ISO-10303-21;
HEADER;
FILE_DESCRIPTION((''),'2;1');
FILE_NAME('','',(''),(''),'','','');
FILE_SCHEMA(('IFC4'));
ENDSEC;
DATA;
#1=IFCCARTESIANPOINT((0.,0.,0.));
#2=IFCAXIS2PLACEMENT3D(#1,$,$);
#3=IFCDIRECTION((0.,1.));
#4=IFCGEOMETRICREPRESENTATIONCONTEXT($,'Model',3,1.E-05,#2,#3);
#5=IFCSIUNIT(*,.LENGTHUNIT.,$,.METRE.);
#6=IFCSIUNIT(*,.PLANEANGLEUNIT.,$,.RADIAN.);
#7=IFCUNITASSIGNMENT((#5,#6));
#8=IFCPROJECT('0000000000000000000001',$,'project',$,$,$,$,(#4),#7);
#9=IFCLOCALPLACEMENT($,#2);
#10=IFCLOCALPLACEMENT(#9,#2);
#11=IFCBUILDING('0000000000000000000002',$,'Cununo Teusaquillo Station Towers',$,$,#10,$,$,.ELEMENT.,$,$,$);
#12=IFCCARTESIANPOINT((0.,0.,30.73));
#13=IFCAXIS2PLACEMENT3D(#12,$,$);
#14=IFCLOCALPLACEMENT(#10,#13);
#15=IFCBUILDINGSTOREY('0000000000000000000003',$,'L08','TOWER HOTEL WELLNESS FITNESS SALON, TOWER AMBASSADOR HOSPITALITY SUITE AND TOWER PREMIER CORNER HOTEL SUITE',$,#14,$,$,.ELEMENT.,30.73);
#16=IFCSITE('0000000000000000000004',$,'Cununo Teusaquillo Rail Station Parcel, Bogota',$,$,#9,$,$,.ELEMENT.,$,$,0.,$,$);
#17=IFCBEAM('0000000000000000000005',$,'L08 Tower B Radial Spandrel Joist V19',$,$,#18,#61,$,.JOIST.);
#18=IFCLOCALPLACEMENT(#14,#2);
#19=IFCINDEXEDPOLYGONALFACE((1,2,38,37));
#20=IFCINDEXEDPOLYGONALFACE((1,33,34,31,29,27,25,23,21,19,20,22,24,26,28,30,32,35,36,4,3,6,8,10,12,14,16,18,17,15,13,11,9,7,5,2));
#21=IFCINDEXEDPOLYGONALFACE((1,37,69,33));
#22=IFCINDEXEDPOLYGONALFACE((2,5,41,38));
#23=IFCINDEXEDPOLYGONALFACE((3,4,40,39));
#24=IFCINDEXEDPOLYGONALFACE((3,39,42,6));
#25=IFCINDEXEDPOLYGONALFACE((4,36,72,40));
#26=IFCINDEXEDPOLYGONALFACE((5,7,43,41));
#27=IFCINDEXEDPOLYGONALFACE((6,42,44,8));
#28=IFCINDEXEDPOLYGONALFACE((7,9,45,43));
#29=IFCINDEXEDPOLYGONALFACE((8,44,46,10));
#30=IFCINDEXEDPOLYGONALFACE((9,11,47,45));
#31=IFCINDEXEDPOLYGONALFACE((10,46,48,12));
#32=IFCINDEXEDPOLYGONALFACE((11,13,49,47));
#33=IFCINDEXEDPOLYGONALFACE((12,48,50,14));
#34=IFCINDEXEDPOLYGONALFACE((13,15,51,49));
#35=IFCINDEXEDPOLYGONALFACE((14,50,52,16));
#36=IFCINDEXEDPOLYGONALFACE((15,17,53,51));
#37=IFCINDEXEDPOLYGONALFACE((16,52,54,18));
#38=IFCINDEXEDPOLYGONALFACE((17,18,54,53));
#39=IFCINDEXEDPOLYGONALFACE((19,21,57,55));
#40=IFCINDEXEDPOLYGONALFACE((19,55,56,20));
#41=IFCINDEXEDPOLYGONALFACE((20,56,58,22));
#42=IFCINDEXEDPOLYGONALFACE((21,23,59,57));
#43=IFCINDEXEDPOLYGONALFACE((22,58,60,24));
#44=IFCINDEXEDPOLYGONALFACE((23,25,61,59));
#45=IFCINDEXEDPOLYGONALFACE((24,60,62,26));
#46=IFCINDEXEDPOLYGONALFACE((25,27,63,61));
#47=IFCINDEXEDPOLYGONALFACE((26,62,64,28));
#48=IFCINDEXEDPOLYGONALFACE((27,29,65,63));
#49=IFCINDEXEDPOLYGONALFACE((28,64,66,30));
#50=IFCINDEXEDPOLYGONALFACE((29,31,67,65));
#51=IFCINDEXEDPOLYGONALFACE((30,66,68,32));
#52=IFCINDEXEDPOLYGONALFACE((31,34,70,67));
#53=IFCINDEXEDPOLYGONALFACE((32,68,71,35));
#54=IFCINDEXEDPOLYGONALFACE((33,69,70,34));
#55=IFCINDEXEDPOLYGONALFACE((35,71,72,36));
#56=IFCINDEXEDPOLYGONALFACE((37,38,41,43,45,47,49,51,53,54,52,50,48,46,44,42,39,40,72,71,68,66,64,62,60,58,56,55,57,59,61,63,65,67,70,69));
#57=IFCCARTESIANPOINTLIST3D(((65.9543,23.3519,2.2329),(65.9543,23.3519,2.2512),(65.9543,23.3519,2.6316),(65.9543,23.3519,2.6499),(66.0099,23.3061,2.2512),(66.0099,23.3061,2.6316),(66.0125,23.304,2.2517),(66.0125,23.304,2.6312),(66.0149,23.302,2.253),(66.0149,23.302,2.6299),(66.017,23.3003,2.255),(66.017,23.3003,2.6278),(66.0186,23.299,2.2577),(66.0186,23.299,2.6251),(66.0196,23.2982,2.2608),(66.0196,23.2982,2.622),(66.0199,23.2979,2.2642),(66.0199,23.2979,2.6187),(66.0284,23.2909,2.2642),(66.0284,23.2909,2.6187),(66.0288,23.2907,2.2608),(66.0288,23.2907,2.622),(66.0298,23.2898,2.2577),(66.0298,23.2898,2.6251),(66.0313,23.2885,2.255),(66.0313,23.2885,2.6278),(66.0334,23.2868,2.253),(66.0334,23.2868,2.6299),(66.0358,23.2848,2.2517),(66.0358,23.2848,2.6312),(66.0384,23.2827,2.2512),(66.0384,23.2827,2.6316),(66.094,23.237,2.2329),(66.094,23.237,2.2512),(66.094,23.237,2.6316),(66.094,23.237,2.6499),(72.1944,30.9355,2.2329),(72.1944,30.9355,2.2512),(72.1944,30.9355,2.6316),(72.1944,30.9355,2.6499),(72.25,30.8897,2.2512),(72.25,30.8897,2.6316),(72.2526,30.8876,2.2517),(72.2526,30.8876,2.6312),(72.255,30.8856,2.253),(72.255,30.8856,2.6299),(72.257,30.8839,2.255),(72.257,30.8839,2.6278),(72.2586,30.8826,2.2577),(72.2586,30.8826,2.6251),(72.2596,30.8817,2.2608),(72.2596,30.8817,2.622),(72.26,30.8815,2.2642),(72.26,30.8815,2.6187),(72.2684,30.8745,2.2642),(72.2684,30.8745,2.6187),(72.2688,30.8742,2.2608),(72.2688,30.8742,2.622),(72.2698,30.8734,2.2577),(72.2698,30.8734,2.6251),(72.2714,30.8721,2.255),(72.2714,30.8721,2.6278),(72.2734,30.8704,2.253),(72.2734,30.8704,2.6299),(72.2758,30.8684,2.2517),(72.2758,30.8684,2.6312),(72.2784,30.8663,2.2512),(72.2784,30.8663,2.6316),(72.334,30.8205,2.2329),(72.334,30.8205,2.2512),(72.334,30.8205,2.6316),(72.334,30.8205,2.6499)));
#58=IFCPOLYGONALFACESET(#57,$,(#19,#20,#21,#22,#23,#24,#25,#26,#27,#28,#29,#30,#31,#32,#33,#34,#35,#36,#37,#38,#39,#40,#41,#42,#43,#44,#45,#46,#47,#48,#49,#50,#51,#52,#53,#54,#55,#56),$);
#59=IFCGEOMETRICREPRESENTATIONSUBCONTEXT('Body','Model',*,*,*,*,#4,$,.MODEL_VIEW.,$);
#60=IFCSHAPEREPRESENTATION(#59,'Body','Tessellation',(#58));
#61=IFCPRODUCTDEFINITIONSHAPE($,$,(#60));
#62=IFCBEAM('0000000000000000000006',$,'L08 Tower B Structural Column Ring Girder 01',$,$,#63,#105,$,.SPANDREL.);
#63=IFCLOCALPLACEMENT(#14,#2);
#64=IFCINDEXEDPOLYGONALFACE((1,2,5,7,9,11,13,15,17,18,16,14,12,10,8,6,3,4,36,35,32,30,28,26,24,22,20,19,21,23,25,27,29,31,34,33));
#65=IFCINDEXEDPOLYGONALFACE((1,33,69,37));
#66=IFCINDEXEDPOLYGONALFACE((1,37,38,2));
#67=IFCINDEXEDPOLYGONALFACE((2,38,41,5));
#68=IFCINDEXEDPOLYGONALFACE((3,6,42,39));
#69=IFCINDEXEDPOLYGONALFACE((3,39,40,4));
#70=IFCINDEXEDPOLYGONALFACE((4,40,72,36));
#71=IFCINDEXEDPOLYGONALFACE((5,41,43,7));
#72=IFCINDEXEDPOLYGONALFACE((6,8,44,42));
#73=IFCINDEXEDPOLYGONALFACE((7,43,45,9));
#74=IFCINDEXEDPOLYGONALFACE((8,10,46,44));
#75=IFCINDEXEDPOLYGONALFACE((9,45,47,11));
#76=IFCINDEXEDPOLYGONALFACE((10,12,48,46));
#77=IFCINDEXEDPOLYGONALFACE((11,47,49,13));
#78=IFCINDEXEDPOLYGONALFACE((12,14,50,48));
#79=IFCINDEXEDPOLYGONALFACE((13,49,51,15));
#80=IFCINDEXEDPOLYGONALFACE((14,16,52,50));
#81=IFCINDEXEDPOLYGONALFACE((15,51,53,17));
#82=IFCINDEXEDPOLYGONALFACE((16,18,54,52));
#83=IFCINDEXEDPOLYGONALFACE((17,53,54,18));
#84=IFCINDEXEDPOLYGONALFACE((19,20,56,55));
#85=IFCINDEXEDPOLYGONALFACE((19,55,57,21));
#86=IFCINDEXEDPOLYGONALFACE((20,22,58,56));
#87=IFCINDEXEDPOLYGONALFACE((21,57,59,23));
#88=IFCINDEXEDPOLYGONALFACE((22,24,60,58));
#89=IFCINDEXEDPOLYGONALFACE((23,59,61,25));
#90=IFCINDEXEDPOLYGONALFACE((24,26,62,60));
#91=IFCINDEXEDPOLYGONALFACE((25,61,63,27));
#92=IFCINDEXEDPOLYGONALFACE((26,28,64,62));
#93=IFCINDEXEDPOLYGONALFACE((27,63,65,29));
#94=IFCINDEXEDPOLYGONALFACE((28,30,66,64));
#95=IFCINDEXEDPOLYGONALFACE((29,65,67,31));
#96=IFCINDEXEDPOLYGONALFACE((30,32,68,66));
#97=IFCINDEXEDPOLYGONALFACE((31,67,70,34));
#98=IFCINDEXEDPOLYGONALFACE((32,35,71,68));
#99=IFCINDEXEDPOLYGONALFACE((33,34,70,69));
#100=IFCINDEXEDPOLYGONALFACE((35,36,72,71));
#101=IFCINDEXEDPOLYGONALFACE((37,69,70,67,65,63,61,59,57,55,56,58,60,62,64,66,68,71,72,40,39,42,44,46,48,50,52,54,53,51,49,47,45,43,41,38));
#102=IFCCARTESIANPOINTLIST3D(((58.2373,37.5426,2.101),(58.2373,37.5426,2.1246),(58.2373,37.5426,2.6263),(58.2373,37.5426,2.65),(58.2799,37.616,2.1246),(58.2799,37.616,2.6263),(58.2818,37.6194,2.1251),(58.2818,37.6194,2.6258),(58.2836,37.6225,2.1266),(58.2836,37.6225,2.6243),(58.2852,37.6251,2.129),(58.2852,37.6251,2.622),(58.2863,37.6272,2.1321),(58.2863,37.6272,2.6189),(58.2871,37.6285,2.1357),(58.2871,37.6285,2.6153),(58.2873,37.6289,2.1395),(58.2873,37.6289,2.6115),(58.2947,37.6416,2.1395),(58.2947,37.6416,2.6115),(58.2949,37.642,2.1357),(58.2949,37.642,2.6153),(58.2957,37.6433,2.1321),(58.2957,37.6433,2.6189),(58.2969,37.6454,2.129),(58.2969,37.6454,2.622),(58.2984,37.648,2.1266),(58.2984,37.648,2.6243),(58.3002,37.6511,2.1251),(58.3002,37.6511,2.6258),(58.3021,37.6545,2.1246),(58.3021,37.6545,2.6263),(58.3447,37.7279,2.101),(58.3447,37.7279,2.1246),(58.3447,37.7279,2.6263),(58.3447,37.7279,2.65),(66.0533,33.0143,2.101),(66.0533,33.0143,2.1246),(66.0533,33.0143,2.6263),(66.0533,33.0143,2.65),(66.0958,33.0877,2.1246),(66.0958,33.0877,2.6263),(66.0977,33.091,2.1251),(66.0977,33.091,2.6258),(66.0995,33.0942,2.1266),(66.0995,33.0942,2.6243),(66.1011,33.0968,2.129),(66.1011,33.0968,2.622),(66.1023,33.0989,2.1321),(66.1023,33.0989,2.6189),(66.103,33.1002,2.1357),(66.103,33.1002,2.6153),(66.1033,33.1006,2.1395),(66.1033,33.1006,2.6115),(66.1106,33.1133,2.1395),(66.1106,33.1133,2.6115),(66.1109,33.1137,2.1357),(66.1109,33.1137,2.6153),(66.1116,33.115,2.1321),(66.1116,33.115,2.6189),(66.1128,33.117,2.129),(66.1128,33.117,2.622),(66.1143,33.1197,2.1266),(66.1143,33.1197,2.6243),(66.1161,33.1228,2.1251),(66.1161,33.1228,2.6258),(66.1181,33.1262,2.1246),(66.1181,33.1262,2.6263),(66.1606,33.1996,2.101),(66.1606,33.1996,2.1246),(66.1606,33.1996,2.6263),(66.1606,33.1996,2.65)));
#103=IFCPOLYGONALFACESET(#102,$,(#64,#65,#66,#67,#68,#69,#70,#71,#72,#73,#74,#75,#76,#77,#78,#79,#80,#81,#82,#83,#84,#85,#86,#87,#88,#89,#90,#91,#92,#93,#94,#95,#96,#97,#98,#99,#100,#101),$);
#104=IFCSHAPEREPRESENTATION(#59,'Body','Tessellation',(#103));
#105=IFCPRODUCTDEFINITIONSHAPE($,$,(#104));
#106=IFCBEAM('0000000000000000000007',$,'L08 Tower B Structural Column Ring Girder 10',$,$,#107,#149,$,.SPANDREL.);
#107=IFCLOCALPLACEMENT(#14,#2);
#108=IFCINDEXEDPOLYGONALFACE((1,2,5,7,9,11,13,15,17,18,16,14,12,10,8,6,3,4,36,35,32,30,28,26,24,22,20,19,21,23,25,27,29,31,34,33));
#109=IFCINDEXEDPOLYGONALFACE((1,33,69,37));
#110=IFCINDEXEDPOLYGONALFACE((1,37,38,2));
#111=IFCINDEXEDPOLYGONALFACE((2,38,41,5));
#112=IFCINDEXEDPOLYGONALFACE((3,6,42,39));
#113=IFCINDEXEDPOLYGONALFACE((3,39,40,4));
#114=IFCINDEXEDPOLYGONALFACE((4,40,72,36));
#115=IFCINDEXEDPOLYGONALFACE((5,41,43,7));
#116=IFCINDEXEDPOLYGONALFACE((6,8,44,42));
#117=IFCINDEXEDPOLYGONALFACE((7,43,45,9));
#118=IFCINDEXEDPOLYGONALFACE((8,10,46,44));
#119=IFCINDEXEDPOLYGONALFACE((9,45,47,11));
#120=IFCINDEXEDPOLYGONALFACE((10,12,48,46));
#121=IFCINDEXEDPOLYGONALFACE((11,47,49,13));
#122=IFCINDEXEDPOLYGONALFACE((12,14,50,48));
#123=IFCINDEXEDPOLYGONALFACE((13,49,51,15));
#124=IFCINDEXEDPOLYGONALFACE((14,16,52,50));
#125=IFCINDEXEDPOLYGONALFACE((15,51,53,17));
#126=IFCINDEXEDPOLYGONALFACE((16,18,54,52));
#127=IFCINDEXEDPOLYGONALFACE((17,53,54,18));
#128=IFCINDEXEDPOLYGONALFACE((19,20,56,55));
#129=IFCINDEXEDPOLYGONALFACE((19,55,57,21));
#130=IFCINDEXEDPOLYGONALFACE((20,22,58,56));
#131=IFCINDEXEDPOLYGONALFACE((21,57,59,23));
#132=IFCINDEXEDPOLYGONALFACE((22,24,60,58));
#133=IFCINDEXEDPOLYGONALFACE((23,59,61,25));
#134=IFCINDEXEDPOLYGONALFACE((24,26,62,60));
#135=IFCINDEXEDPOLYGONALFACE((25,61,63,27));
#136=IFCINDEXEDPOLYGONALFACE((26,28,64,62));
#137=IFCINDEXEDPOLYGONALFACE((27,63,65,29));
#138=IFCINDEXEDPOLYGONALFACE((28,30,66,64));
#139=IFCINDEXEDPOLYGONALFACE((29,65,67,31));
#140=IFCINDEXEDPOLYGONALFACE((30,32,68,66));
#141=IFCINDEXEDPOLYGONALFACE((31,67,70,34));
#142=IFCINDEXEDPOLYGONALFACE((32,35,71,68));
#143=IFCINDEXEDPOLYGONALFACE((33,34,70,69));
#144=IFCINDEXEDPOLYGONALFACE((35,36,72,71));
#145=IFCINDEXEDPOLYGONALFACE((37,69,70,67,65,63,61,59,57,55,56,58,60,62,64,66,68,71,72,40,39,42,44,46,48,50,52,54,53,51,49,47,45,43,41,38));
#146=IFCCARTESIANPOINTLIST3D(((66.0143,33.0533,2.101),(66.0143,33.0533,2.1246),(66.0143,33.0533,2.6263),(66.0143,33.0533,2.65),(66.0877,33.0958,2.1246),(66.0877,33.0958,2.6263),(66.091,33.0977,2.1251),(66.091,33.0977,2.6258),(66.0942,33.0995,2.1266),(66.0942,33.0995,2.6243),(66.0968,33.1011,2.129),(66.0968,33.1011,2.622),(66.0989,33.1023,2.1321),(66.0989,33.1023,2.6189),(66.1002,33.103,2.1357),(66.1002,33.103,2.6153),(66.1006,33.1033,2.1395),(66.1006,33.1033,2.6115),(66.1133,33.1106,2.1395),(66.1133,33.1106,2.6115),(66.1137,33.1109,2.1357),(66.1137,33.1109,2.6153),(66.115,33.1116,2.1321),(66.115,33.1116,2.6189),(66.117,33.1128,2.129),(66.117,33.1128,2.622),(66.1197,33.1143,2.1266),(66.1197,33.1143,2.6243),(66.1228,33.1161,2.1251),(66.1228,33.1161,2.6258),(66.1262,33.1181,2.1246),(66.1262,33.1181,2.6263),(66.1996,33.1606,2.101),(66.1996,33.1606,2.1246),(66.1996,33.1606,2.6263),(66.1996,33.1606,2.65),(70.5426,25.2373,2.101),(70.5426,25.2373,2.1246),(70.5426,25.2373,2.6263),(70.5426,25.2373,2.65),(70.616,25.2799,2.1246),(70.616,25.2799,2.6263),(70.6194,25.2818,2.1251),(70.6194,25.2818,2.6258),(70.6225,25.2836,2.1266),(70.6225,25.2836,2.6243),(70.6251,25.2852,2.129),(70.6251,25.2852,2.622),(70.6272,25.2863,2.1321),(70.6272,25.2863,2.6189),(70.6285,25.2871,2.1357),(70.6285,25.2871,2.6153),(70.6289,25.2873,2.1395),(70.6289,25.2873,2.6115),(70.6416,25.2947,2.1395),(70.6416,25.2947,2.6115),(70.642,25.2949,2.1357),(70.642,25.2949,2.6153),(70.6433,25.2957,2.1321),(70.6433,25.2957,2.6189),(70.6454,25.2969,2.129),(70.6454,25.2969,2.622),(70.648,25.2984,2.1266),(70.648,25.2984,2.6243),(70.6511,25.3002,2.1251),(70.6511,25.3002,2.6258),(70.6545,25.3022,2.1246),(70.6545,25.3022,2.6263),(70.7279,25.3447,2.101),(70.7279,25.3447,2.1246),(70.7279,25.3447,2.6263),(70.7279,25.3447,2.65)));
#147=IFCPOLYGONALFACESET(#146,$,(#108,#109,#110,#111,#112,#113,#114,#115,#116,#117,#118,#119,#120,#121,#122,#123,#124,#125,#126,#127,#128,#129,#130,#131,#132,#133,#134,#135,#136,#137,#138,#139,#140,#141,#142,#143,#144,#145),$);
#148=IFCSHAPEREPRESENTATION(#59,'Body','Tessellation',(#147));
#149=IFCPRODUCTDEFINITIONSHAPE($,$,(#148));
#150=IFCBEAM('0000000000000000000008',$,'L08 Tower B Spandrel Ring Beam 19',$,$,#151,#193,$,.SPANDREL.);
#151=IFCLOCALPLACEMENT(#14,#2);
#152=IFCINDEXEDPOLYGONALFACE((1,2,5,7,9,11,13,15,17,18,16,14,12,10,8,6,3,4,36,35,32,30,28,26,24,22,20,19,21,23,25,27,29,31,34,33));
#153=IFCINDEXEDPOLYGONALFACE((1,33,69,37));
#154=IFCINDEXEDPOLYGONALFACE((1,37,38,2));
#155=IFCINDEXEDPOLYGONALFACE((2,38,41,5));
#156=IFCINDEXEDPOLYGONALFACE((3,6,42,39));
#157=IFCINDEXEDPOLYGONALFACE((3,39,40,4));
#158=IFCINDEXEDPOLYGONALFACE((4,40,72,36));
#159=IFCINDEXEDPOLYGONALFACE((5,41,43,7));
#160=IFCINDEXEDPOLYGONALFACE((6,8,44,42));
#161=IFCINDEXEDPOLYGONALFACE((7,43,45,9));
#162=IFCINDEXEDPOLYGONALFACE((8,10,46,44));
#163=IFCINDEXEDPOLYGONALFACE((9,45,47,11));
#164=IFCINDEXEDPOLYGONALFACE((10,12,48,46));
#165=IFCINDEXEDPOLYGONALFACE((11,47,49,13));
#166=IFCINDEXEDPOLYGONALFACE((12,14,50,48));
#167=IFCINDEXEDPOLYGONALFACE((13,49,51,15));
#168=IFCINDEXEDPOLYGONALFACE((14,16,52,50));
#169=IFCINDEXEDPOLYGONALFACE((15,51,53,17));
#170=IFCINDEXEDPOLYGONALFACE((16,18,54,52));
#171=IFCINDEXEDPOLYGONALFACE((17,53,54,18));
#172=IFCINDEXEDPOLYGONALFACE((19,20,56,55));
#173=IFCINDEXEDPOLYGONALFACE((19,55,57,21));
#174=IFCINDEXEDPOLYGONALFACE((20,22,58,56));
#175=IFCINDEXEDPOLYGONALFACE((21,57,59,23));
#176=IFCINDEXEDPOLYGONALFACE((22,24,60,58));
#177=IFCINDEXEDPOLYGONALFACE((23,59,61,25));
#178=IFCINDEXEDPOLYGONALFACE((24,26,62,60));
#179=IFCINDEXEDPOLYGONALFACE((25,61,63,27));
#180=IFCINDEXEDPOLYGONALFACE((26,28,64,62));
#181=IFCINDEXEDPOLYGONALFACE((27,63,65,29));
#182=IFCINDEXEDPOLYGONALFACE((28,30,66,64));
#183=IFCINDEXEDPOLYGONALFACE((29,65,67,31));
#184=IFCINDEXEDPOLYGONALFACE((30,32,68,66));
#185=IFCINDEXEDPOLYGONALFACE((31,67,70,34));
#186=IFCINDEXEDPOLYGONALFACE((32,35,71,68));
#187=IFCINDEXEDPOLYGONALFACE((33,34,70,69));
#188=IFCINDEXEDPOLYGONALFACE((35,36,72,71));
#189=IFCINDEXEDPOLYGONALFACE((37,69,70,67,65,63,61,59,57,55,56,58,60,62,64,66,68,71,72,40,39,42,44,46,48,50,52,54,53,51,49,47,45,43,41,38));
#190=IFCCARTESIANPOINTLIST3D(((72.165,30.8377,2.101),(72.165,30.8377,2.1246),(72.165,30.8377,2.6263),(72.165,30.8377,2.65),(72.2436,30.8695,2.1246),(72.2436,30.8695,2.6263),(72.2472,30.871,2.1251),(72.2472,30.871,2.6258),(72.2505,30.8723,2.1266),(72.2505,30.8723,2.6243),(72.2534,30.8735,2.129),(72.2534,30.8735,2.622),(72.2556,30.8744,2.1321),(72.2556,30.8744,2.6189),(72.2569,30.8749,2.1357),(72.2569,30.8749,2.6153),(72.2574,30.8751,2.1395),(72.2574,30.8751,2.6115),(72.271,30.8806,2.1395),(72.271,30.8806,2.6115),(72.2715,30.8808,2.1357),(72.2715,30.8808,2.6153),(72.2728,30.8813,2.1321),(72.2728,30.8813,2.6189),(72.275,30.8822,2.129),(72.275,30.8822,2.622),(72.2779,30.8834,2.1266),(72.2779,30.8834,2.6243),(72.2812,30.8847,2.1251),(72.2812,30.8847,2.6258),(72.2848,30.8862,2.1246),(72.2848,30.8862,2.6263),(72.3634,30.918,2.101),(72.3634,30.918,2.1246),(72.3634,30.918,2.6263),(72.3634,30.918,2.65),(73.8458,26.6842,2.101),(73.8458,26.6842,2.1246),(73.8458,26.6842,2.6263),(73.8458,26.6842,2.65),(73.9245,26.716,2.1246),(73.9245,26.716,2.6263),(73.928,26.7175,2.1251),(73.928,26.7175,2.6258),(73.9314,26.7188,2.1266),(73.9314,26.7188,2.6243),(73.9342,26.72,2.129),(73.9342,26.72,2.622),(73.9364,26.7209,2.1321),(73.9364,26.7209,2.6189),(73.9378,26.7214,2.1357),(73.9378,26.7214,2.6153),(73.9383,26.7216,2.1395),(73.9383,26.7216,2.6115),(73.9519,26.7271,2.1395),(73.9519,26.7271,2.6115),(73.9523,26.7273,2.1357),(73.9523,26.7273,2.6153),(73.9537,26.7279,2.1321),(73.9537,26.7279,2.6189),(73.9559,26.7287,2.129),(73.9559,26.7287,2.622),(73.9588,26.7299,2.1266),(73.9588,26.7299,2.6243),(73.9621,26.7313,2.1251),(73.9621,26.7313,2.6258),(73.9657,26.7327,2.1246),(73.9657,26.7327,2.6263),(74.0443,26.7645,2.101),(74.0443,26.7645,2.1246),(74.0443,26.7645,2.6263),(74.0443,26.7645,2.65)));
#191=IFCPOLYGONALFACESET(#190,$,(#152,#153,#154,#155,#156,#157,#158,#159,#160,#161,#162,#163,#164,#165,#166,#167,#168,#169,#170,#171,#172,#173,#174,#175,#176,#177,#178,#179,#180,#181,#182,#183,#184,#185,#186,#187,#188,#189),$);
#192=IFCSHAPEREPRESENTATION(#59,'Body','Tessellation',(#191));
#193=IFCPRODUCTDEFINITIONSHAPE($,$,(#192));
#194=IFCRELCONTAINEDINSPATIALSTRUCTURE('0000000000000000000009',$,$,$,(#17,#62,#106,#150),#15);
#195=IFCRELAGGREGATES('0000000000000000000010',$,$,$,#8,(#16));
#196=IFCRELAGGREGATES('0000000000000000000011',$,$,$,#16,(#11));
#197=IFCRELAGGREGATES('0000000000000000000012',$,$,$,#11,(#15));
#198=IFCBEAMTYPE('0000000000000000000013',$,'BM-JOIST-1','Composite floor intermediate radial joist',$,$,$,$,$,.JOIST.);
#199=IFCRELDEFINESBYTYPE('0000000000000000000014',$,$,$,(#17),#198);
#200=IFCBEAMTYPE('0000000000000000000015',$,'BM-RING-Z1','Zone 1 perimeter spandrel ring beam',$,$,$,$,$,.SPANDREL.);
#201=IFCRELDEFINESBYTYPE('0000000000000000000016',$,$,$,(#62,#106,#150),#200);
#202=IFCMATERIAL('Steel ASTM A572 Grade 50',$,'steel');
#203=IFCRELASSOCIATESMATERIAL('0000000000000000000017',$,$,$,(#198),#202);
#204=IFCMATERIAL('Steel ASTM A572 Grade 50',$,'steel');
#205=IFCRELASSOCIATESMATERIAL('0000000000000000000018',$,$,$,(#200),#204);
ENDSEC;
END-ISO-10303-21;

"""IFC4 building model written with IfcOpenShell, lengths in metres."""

from ifc_helpers import new_model, si_unit, direction, frame, origin, origin_2d, place, context, subcontext, project, spatial, i_section, extrude, material, material_profile, profile_set, type_object, element, save


model = new_model("IFC4")

# Units and contexts
model_context = context("Model", 3, precision=1e-05, world=origin(), true_north=direction((0.0, 1.0)))
body_context = subcontext(model_context, "Body", "Model", "MODEL_VIEW")
ifc_project = project(units=[si_unit("LENGTHUNIT", "METRE"), si_unit("PLANEANGLEUNIT", "RADIAN")], contexts=[model_context])

# Site, building, storey
site_placement = place(None, origin())
site = spatial("IfcSite", under=ifc_project, at=site_placement, Name="Cununo Teusaquillo Rail Station Parcel, Bogota", CompositionType="ELEMENT", RefElevation=0.0)
building_placement = place(site_placement, origin())
building = spatial("IfcBuilding", under=site, at=building_placement, Name="Cununo Teusaquillo Station Towers", CompositionType="ELEMENT")
storey_placement = place(building_placement, frame((0.0, 0.0, 30.73)))
storey = spatial("IfcBuildingStorey", under=building, at=storey_placement, Name="L08", Description="TOWER HOTEL WELLNESS FITNESS SALON, TOWER AMBASSADOR HOSPITALITY SUITE AND TOWER PREMIER CORNER HOTEL SUITE", CompositionType="ELEMENT", Elevation=30.73)

# Beams
ifc_material_1 = material(Name="Steel ASTM A572 Grade 50", Category="steel")
ifc_material_profile_1 = material_profile(ifc_material_1, i_section(OverallWidth=0.1809, OverallDepth=0.417, WebThickness=0.011, FlangeThickness=0.0183, FilletRadius=0.0129, at=origin_2d()), Name="W16X57")
ifc_profile_set_1 = profile_set([ifc_material_profile_1], Name="Steel ASTM A572 Grade 50")
beam_type_1 = type_object("IfcBeamType", Name="BM-JOIST-1", Description="Composite floor intermediate radial joist", PredefinedType="JOIST", material=ifc_profile_set_1)
beam_1_placement = place(storey_placement, frame((66.0242, 23.2944, 2.4414), z_axis=(0.635389, 0.772192, 0.0), x_axis=(-0.772192, 0.635389, 0.0)))
element("IfcBeam", 1, at=beam_1_placement, inside=storey, type_object=beam_type_1, Name="L08 Tower B Radial Spandrel Joist V19", PredefinedType="JOIST", context=body_context, shape_type="SweptSolid", body=[
    extrude(i_section(OverallWidth=0.1809, OverallDepth=0.417, WebThickness=0.011, FlangeThickness=0.0183, FilletRadius=0.0129, at=origin_2d()), origin(), (0.0, 0.0, 1.0), 9.8208),
])
ifc_material_2 = material(Name="Steel ASTM A572 Grade 50", Category="steel")
ifc_material_profile_2 = material_profile(ifc_material_2, i_section(OverallWidth=0.2141, OverallDepth=0.5491, WebThickness=0.0146, FlangeThickness=0.0237, FilletRadius=0.0149, at=origin_2d()), Name="W21X93")
ifc_profile_set_2 = profile_set([ifc_material_profile_2], Name="Steel ASTM A572 Grade 50")
beam_type_2 = type_object("IfcBeamType", Name="BM-RING-Z1", Description="Zone 1 perimeter spandrel ring beam", PredefinedType="SPANDREL", material=ifc_profile_set_2)
for number, where, z_axis, x_axis, name in (
    (2, (66.1069, 33.1069, 2.3755), (-0.865267, 0.501311, 0.0), (-0.501311, -0.865267, 0.0), "L08 Tower B Structural Column Ring Girder 01"),
    (3, (70.6353, 25.291, 2.3755), (-0.501311, 0.865267, 0.0), (-0.865267, -0.501311, 0.0), "L08 Tower B Structural Column Ring Girder 10"),
):
    element("IfcBeam", number, at=place(storey_placement, frame(where, z_axis=z_axis, x_axis=x_axis)), inside=storey, type_object=beam_type_2, Name=name, PredefinedType="SPANDREL", context=body_context, shape_type="SweptSolid", body=[
        extrude(i_section(OverallWidth=0.2141, OverallDepth=0.5491, WebThickness=0.0146, FlangeThickness=0.0237, FilletRadius=0.0149, at=origin_2d()), origin(), (0.0, 0.0, 1.0), 9.033),
    ])
beam_2_placement = place(storey_placement, frame((73.9451, 26.7244, 2.3755), z_axis=(-0.375136, 0.92697, 0.0), x_axis=(-0.92697, -0.375136, 0.0)))
element("IfcBeam", 4, at=beam_2_placement, inside=storey, type_object=beam_type_2, Name="L08 Tower B Spandrel Ring Beam 19", PredefinedType="SPANDREL", context=body_context, shape_type="SweptSolid", body=[
    extrude(i_section(OverallWidth=0.2141, OverallDepth=0.5491, WebThickness=0.0146, FlangeThickness=0.0237, FilletRadius=0.0149, at=origin_2d()), origin(), (0.0, 0.0, 1.0), 4.4807),
])

save(model, "model.ifc")
